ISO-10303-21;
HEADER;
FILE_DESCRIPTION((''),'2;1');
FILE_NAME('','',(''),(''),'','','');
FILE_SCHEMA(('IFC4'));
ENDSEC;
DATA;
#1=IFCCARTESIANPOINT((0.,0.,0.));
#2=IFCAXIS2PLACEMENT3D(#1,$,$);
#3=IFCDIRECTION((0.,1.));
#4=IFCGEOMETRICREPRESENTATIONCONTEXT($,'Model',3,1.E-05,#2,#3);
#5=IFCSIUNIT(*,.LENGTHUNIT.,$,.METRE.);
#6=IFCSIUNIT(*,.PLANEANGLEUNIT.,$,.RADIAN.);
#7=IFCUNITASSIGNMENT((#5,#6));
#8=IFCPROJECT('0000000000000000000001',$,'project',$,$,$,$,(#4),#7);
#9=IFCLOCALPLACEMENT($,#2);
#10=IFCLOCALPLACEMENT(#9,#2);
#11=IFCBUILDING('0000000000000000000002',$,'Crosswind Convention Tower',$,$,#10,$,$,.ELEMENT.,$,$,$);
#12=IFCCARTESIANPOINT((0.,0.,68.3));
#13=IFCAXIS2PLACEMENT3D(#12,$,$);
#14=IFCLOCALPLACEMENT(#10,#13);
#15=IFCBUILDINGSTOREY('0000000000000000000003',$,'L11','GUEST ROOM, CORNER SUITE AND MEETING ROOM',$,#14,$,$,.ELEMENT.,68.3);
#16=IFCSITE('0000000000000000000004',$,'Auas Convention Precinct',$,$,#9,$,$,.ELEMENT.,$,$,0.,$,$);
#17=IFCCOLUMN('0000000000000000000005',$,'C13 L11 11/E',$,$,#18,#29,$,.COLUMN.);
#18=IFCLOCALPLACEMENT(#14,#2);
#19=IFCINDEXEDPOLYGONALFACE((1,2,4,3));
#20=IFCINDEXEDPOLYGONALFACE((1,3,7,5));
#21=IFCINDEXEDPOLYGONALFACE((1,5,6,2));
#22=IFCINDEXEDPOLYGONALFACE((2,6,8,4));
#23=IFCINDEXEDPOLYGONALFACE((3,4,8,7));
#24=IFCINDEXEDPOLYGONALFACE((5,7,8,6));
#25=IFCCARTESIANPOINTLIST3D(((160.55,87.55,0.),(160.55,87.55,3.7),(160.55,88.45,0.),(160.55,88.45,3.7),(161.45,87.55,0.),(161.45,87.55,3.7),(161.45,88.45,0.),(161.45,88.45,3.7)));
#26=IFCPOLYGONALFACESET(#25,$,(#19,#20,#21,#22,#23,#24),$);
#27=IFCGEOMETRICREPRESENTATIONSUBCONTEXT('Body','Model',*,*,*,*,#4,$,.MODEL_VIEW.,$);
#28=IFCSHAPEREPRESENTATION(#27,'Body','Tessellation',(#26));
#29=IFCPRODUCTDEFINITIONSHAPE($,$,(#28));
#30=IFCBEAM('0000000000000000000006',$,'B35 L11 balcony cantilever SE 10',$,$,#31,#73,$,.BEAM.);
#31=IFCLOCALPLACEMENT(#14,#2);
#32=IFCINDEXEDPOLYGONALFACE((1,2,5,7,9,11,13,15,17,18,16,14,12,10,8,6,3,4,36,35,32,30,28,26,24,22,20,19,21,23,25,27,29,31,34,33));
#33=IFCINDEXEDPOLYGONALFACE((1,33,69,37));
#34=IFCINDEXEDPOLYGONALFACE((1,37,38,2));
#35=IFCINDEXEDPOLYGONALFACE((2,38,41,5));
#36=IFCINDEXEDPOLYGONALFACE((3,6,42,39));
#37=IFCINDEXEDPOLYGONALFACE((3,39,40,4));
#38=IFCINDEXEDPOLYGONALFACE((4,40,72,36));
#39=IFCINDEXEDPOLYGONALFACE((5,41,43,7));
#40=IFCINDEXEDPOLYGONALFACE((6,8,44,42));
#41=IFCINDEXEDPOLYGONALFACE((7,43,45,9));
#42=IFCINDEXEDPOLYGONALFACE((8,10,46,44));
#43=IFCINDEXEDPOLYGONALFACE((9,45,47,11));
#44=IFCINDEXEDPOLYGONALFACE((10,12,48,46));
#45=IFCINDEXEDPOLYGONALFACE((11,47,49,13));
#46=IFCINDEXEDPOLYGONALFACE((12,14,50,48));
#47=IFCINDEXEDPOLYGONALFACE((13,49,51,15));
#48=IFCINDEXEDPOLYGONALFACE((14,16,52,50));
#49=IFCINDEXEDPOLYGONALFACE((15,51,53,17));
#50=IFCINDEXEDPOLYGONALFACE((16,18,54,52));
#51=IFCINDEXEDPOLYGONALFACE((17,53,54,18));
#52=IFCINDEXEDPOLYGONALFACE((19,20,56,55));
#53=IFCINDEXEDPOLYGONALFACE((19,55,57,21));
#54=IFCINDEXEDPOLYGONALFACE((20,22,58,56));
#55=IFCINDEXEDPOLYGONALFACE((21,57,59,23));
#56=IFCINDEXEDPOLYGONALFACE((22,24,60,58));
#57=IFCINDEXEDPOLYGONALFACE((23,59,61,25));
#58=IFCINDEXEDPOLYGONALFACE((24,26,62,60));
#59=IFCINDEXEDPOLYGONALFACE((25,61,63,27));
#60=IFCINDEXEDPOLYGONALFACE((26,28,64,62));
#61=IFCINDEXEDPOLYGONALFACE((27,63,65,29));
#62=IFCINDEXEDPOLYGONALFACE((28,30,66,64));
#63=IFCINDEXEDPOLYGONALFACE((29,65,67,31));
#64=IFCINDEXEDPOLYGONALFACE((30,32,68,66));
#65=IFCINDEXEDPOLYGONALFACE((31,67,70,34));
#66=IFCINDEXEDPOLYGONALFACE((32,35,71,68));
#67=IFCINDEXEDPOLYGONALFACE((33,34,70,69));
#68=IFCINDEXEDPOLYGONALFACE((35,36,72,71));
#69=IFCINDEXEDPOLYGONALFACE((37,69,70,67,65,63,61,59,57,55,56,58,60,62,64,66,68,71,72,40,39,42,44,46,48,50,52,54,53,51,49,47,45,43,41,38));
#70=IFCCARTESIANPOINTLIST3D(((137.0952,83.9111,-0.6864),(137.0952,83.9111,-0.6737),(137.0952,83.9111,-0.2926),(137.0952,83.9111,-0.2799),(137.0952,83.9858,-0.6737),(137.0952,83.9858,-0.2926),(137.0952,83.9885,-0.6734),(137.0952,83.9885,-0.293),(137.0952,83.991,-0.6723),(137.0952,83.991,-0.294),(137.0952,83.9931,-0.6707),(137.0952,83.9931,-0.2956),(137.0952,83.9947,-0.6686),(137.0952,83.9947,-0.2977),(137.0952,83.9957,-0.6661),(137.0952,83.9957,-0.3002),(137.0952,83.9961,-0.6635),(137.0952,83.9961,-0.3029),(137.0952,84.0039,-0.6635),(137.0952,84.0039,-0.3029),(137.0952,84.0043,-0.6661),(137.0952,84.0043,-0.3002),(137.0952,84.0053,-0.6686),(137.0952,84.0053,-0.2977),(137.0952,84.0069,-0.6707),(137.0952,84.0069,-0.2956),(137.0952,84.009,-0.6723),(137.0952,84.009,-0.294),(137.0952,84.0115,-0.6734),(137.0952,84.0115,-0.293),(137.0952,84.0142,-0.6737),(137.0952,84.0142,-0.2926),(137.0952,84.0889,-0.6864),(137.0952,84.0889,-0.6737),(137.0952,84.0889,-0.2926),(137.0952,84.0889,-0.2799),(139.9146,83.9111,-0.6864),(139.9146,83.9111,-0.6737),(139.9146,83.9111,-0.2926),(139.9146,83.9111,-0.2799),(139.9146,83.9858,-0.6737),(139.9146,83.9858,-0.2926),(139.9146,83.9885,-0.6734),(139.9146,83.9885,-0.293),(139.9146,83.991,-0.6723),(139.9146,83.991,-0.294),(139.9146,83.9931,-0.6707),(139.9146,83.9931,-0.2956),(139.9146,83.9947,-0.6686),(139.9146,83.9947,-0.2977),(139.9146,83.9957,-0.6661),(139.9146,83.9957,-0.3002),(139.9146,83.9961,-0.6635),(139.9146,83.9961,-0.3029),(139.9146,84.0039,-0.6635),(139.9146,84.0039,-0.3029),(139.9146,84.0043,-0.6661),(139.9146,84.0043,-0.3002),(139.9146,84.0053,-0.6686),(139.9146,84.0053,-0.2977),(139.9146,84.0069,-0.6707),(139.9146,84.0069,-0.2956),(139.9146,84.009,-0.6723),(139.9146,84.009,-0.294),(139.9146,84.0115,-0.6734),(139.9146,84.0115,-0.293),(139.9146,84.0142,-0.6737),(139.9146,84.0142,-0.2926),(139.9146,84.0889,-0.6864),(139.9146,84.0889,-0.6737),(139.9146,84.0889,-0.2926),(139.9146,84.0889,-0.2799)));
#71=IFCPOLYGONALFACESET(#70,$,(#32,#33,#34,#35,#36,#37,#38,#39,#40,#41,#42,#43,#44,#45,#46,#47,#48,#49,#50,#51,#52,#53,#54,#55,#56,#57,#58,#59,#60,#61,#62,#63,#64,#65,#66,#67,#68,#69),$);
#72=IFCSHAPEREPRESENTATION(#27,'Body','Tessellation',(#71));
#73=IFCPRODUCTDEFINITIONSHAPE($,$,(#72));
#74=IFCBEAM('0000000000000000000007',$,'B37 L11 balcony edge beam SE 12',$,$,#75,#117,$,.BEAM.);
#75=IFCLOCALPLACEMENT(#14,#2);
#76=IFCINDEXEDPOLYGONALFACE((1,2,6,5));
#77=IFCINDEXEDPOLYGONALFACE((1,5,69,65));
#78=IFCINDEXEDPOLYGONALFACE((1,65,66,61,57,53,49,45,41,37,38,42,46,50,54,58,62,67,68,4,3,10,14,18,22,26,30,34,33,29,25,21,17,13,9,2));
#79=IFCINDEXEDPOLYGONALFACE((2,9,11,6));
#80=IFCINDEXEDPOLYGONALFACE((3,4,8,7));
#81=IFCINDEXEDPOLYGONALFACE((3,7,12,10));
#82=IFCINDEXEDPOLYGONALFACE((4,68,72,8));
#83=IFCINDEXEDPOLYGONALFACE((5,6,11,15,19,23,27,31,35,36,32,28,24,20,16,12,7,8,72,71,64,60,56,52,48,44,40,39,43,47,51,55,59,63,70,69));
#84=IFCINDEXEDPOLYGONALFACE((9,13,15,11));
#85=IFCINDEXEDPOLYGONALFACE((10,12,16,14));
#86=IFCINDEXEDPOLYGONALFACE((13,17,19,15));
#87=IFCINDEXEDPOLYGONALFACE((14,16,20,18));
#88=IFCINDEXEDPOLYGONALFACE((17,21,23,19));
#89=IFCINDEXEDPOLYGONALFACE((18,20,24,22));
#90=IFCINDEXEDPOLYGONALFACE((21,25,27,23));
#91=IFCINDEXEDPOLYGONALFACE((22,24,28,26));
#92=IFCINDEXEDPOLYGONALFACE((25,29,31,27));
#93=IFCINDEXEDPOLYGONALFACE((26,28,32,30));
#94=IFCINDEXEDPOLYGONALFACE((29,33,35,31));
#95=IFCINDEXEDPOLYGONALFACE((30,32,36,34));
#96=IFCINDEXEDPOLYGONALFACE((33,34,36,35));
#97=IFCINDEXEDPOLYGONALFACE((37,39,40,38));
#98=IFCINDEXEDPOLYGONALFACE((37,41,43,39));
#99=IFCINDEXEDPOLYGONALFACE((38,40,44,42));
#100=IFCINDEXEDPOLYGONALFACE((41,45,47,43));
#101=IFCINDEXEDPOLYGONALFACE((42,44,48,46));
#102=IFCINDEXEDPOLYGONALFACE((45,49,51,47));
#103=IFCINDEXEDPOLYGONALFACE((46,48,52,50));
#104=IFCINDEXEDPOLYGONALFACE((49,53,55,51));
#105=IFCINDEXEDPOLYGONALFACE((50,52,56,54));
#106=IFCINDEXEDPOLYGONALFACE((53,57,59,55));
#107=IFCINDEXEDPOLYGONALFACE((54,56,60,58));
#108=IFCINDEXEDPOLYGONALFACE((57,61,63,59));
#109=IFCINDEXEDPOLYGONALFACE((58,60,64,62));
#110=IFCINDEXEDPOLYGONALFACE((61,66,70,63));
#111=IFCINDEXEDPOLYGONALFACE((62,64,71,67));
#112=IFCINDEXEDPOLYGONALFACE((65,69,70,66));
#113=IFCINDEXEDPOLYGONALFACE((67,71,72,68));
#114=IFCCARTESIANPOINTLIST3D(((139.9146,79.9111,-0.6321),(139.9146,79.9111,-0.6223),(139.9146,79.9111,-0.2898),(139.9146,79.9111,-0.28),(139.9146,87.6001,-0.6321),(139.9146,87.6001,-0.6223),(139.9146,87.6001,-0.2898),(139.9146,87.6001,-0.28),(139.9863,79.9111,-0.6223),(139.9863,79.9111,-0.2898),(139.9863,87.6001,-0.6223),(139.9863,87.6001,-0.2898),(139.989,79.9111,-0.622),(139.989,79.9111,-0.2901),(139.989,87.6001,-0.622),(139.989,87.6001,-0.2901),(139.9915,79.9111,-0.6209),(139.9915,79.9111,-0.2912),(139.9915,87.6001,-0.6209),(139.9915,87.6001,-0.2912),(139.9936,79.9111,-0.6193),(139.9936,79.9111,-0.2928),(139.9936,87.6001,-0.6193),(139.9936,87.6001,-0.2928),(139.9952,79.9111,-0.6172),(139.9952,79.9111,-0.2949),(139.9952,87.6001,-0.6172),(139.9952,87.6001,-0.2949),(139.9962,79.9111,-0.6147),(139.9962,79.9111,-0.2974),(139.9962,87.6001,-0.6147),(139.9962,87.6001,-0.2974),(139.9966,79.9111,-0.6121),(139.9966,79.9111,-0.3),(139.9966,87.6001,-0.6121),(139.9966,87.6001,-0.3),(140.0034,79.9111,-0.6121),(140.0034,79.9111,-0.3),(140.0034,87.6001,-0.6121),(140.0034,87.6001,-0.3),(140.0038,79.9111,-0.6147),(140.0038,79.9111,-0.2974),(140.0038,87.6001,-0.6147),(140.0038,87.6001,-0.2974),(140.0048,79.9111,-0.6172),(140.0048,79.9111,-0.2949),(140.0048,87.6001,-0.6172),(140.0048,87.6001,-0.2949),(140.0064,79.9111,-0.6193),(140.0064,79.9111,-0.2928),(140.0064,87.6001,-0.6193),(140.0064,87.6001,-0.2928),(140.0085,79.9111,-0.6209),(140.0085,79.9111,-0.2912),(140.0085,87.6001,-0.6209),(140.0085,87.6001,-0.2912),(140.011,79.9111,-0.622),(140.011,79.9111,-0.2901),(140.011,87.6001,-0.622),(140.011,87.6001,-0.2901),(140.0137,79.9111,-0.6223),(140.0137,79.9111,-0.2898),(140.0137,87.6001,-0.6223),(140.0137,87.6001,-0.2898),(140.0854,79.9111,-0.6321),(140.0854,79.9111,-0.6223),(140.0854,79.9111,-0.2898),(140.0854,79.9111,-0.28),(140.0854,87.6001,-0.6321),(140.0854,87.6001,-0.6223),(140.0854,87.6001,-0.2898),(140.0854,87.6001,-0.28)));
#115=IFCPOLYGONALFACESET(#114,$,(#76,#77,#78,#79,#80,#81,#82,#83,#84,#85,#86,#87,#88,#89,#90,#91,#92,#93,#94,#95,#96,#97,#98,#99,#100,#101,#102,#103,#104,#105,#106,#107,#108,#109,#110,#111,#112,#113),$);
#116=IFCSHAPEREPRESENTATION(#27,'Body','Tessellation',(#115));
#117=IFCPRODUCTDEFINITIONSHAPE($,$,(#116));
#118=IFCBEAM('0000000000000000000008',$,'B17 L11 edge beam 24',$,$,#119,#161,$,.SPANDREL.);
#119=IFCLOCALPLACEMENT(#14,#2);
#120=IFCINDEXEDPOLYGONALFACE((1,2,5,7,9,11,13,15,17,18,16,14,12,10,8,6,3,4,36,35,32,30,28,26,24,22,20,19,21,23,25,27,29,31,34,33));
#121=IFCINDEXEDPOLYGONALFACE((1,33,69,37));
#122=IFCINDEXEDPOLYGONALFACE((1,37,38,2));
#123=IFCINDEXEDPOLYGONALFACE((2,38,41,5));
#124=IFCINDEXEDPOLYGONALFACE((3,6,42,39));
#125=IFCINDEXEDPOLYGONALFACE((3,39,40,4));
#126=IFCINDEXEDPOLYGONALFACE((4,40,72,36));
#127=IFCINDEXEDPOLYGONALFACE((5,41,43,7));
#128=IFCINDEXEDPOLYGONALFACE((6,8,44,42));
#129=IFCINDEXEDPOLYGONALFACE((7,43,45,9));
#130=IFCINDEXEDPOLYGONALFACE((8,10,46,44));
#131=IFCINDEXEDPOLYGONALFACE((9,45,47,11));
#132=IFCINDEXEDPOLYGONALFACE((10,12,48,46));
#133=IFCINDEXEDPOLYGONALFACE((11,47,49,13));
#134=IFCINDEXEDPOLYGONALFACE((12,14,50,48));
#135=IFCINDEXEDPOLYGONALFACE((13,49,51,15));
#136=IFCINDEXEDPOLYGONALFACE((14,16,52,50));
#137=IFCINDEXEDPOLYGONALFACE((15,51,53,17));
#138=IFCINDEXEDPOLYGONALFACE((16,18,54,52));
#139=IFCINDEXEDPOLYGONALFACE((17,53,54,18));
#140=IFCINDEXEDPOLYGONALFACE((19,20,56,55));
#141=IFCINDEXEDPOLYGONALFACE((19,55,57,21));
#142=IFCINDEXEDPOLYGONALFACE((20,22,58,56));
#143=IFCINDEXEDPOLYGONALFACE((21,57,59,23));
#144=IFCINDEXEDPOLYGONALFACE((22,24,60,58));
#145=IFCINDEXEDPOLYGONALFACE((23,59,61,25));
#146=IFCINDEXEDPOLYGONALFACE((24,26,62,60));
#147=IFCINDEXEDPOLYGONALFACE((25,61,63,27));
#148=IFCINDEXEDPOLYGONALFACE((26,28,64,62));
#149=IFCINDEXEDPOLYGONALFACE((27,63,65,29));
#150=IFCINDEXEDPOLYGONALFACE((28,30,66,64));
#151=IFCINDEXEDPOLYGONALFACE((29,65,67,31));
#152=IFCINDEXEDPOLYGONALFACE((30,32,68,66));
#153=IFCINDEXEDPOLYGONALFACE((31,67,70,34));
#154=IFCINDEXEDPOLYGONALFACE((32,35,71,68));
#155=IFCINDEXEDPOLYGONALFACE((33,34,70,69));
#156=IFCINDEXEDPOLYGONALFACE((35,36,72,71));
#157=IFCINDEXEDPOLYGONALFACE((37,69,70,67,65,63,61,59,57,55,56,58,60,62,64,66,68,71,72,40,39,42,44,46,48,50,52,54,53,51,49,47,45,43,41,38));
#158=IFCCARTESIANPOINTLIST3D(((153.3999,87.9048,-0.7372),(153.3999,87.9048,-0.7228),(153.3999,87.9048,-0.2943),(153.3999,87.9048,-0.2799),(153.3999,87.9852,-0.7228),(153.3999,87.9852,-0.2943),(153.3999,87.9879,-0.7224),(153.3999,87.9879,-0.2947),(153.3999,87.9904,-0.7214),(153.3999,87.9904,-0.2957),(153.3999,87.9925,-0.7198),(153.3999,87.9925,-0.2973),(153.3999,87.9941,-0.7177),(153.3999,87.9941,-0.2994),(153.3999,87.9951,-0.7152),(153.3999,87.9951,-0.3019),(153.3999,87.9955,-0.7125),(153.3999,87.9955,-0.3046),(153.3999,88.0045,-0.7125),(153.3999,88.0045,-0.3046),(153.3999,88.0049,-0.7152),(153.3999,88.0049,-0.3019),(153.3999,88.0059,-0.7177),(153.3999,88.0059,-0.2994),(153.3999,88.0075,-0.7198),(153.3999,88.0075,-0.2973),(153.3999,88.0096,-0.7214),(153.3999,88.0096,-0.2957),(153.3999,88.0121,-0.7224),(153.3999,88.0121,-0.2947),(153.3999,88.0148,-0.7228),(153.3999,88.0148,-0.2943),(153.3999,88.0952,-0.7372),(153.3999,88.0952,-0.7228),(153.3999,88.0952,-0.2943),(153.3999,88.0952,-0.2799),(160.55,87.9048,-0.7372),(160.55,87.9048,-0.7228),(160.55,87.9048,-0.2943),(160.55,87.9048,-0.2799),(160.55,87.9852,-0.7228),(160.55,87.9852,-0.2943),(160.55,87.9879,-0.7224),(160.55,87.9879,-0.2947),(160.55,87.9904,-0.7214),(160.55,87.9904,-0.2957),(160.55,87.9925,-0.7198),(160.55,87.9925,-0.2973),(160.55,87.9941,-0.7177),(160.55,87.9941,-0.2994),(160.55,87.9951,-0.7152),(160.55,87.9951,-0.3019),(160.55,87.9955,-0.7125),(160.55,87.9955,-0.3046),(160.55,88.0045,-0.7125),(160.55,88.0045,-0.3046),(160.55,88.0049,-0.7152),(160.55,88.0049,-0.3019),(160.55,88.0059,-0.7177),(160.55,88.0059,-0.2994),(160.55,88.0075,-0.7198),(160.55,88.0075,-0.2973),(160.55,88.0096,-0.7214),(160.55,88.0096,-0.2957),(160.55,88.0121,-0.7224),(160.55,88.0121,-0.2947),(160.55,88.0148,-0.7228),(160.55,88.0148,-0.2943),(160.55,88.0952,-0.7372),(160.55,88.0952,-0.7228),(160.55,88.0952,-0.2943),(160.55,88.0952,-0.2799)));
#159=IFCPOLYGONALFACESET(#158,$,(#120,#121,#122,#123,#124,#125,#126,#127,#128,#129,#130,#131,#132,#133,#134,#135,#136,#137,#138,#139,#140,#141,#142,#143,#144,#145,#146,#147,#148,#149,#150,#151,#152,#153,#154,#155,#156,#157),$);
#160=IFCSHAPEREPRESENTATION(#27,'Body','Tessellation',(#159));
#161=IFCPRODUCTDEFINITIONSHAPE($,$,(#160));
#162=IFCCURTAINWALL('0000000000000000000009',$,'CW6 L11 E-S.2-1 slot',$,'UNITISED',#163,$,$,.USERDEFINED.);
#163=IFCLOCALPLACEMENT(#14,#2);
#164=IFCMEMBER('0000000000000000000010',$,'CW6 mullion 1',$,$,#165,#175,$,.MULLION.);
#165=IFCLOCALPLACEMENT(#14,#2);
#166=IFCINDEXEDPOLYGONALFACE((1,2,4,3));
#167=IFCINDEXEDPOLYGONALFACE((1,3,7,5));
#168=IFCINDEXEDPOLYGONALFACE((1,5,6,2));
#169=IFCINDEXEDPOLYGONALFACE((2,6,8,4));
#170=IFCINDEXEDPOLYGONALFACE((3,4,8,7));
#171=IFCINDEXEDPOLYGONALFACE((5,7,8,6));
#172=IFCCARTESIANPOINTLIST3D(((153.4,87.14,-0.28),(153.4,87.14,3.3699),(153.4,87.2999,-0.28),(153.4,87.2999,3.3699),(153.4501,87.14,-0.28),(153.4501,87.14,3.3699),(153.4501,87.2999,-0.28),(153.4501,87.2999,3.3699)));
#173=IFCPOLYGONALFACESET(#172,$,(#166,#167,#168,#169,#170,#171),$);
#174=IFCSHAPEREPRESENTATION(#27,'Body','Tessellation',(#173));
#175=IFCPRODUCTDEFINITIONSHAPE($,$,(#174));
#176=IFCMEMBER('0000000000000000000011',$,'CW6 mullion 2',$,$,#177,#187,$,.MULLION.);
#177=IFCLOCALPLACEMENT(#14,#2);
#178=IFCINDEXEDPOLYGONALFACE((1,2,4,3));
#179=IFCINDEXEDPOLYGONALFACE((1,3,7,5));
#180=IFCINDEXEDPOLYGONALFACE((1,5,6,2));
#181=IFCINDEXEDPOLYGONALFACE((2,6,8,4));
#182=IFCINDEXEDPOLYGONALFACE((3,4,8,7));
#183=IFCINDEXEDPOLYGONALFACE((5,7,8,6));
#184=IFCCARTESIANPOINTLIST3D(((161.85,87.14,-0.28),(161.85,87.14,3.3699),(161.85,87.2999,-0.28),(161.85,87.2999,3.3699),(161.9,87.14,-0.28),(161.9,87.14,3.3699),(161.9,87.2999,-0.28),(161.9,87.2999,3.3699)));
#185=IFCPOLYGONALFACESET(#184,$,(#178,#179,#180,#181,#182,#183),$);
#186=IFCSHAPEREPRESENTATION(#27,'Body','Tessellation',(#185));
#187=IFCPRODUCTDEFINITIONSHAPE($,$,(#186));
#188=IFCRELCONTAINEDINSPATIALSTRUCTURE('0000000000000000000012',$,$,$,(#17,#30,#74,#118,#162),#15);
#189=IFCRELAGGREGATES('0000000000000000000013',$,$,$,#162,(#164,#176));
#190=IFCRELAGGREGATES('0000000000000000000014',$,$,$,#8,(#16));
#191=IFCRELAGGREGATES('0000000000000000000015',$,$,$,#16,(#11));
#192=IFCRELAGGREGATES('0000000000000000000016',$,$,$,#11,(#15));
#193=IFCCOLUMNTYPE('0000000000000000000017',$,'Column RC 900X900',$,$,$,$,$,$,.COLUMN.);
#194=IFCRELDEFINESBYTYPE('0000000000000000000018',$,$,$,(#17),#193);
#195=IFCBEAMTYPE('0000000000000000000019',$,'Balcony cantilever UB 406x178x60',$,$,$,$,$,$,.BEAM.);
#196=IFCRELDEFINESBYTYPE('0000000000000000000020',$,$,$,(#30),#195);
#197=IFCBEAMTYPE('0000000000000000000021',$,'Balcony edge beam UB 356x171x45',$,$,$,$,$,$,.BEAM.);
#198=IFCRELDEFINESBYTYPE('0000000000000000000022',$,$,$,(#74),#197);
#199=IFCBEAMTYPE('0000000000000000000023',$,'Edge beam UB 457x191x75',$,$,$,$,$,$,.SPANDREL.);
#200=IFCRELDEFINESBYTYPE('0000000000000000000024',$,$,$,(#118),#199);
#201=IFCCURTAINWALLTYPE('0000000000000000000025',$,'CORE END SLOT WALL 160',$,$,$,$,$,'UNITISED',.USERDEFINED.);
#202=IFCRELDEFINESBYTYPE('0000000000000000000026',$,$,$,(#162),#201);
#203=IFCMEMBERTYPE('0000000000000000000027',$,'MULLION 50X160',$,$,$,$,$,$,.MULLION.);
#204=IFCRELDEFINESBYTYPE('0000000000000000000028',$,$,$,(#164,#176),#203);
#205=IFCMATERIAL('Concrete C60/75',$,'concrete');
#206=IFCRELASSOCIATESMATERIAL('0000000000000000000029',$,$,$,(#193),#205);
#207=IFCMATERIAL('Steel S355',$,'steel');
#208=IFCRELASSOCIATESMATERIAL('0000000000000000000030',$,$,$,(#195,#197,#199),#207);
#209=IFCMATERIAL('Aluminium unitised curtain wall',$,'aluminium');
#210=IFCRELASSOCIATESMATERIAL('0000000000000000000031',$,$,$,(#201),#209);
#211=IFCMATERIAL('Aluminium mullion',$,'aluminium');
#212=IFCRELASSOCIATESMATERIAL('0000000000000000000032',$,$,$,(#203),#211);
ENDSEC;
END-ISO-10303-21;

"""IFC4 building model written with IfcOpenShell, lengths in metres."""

from ifc_helpers import new_model, si_unit, direction, frame, origin, origin_2d, place, context, subcontext, project, spatial, rectangle, i_section, extrude, material, material_profile, profile_set, type_object, element, aggregate, save


model = new_model("IFC4")

# Units and contexts
model_context = context("Model", 3, precision=1e-05, world=origin(), true_north=direction((0.0, 1.0)))
body_context = subcontext(model_context, "Body", "Model", "MODEL_VIEW")
ifc_project = project(units=[si_unit("LENGTHUNIT", "METRE"), si_unit("PLANEANGLEUNIT", "RADIAN")], contexts=[model_context])

# Site, building, storey
site_placement = place(None, origin())
site = spatial("IfcSite", under=ifc_project, at=site_placement, Name="Auas Convention Precinct", CompositionType="ELEMENT", RefElevation=0.0)
building_placement = place(site_placement, origin())
building = spatial("IfcBuilding", under=site, at=building_placement, Name="Crosswind Convention Tower", CompositionType="ELEMENT")
storey_placement = place(building_placement, frame((0.0, 0.0, 68.3)))
storey = spatial("IfcBuildingStorey", under=building, at=storey_placement, Name="L11", Description="GUEST ROOM, CORNER SUITE AND MEETING ROOM", CompositionType="ELEMENT", Elevation=68.3)

# Column
ifc_material_1 = material(Name="Concrete C60/75", Category="concrete")
ifc_material_profile_1 = material_profile(ifc_material_1, rectangle(XDim=0.8999, YDim=0.8999, at=origin_2d()), Name="RC 900X900")
ifc_profile_set_1 = profile_set([ifc_material_profile_1], Name="Concrete C60/75")
column_type = type_object("IfcColumnType", Name="Column RC 900X900", PredefinedType="COLUMN", material=ifc_profile_set_1)
column_placement = place(storey_placement, frame((161.0, 88.0, 0.0), z_axis=(0.0, 0.0, 1.0), x_axis=(1.0, 0.0, 0.0)))
element("IfcColumn", 1, at=column_placement, inside=storey, type_object=column_type, Name="C13 L11 11/E", PredefinedType="COLUMN", context=body_context, shape_type="SweptSolid", body=[
    extrude(rectangle(XDim=0.8999, YDim=0.8999, at=origin_2d()), origin(), (0.0, 0.0, 1.0), 3.7),
])

# Beams
ifc_material_2 = material(Name="Steel S355", Category="steel")
ifc_material_profile_2 = material_profile(ifc_material_2, i_section(OverallWidth=0.1777, OverallDepth=0.4065, WebThickness=0.0078, FlangeThickness=0.0127, FilletRadius=0.0103, at=origin_2d()), Name="UB 406x178x60")
ifc_profile_set_2 = profile_set([ifc_material_profile_2], Name="Steel S355")
beam_type_1 = type_object("IfcBeamType", Name="Balcony cantilever UB 406x178x60", PredefinedType="BEAM", material=ifc_profile_set_2)
beam_1_placement = place(storey_placement, frame((137.0952, 84.0, -0.4832), z_axis=(1.0, 0.0, 0.0), x_axis=(0.0, 1.0, 0.0)))
element("IfcBeam", 2, at=beam_1_placement, inside=storey, type_object=beam_type_1, Name="B35 L11 balcony cantilever SE 10", PredefinedType="BEAM", context=body_context, shape_type="SweptSolid", body=[
    extrude(i_section(OverallWidth=0.1777, OverallDepth=0.4065, WebThickness=0.0078, FlangeThickness=0.0127, FilletRadius=0.0103, at=origin_2d()), origin(), (0.0, 0.0, 1.0), 2.8193),
])
ifc_material_profile_3 = material_profile(ifc_material_2, i_section(OverallWidth=0.1709, OverallDepth=0.3521, WebThickness=0.0068, FlangeThickness=0.0098, FilletRadius=0.0103, at=origin_2d()), Name="UB 356x171x45")
ifc_profile_set_3 = profile_set([ifc_material_profile_3], Name="Steel S355")
beam_type_2 = type_object("IfcBeamType", Name="Balcony edge beam UB 356x171x45", PredefinedType="BEAM", material=ifc_profile_set_3)
beam_2_placement = place(storey_placement, frame((140.0, 87.6001, -0.4561), z_axis=(0.0, -1.0, 0.0), x_axis=(1.0, 0.0, 0.0)))
element("IfcBeam", 3, at=beam_2_placement, inside=storey, type_object=beam_type_2, Name="B37 L11 balcony edge beam SE 12", PredefinedType="BEAM", context=body_context, shape_type="SweptSolid", body=[
    extrude(i_section(OverallWidth=0.1709, OverallDepth=0.3521, WebThickness=0.0068, FlangeThickness=0.0098, FilletRadius=0.0103, at=origin_2d()), origin(), (0.0, 0.0, 1.0), 7.689),
])
ifc_material_profile_4 = material_profile(ifc_material_2, i_section(OverallWidth=0.1904, OverallDepth=0.4573, WebThickness=0.009, FlangeThickness=0.0144, FilletRadius=0.0103, at=origin_2d()), Name="UB 457x191x75")
ifc_profile_set_4 = profile_set([ifc_material_profile_4], Name="Steel S355")
beam_type_3 = type_object("IfcBeamType", Name="Edge beam UB 457x191x75", PredefinedType="SPANDREL", material=ifc_profile_set_4)
beam_3_placement = place(storey_placement, frame((153.3999, 88.0, -0.5085), z_axis=(1.0, 0.0, 0.0), x_axis=(0.0, 1.0, 0.0)))
element("IfcBeam", 4, at=beam_3_placement, inside=storey, type_object=beam_type_3, Name="B17 L11 edge beam 24", PredefinedType="SPANDREL", context=body_context, shape_type="SweptSolid", body=[
    extrude(i_section(OverallWidth=0.1904, OverallDepth=0.4573, WebThickness=0.009, FlangeThickness=0.0144, FilletRadius=0.0103, at=origin_2d()), origin(), (0.0, 0.0, 1.0), 7.1501),
])

# Curtain wall, members
ifc_material_3 = material(Name="Aluminium unitised curtain wall", Category="aluminium")
curtain_wall_type_1 = type_object("IfcCurtainWallType", Name="CORE END SLOT WALL 160", ElementType="UNITISED", PredefinedType="USERDEFINED", material=ifc_material_3)
curtain_wall_1_placement = place(storey_placement, origin())
curtain_wall_1 = element("IfcCurtainWall", 5, at=curtain_wall_1_placement, inside=storey, type_object=curtain_wall_type_1, Name="CW6 L11 E-S.2-1 slot", ObjectType="UNITISED", PredefinedType="USERDEFINED")
ifc_material_4 = material(Name="Aluminium mullion", Category="aluminium")
ifc_material_profile_5 = material_profile(ifc_material_4, rectangle(XDim=0.1599, YDim=0.05, at=origin_2d()), Name="AL 160X50")
ifc_profile_set_5 = profile_set([ifc_material_profile_5], Name="Aluminium mullion")
member_type_1 = type_object("IfcMemberType", Name="MULLION 50X160", PredefinedType="MULLION", material=ifc_profile_set_5)
member_1_placement = place(storey_placement, frame((153.425, 87.22, -0.28), z_axis=(0.0, 0.0, 1.0), x_axis=(0.0, -1.0, 0.0)))
member_1 = element("IfcMember", 6, at=member_1_placement, type_object=member_type_1, Name="CW6 mullion 1", PredefinedType="MULLION", context=body_context, shape_type="SweptSolid", body=[
    extrude(rectangle(XDim=0.1599, YDim=0.05, at=origin_2d()), origin(), (0.0, 0.0, 1.0), 3.6499),
])
member_2_placement = place(storey_placement, frame((161.875, 87.22, -0.28), z_axis=(0.0, 0.0, 1.0), x_axis=(0.0, -1.0, 0.0)))
member_2 = element("IfcMember", 7, at=member_2_placement, type_object=member_type_1, Name="CW6 mullion 2", PredefinedType="MULLION", context=body_context, shape_type="SweptSolid", body=[
    extrude(rectangle(XDim=0.1599, YDim=0.05, at=origin_2d()), origin(), (0.0, 0.0, 1.0), 3.6499),
])

aggregate(curtain_wall_1, [member_1, member_2])

save(model, "model.ifc")
